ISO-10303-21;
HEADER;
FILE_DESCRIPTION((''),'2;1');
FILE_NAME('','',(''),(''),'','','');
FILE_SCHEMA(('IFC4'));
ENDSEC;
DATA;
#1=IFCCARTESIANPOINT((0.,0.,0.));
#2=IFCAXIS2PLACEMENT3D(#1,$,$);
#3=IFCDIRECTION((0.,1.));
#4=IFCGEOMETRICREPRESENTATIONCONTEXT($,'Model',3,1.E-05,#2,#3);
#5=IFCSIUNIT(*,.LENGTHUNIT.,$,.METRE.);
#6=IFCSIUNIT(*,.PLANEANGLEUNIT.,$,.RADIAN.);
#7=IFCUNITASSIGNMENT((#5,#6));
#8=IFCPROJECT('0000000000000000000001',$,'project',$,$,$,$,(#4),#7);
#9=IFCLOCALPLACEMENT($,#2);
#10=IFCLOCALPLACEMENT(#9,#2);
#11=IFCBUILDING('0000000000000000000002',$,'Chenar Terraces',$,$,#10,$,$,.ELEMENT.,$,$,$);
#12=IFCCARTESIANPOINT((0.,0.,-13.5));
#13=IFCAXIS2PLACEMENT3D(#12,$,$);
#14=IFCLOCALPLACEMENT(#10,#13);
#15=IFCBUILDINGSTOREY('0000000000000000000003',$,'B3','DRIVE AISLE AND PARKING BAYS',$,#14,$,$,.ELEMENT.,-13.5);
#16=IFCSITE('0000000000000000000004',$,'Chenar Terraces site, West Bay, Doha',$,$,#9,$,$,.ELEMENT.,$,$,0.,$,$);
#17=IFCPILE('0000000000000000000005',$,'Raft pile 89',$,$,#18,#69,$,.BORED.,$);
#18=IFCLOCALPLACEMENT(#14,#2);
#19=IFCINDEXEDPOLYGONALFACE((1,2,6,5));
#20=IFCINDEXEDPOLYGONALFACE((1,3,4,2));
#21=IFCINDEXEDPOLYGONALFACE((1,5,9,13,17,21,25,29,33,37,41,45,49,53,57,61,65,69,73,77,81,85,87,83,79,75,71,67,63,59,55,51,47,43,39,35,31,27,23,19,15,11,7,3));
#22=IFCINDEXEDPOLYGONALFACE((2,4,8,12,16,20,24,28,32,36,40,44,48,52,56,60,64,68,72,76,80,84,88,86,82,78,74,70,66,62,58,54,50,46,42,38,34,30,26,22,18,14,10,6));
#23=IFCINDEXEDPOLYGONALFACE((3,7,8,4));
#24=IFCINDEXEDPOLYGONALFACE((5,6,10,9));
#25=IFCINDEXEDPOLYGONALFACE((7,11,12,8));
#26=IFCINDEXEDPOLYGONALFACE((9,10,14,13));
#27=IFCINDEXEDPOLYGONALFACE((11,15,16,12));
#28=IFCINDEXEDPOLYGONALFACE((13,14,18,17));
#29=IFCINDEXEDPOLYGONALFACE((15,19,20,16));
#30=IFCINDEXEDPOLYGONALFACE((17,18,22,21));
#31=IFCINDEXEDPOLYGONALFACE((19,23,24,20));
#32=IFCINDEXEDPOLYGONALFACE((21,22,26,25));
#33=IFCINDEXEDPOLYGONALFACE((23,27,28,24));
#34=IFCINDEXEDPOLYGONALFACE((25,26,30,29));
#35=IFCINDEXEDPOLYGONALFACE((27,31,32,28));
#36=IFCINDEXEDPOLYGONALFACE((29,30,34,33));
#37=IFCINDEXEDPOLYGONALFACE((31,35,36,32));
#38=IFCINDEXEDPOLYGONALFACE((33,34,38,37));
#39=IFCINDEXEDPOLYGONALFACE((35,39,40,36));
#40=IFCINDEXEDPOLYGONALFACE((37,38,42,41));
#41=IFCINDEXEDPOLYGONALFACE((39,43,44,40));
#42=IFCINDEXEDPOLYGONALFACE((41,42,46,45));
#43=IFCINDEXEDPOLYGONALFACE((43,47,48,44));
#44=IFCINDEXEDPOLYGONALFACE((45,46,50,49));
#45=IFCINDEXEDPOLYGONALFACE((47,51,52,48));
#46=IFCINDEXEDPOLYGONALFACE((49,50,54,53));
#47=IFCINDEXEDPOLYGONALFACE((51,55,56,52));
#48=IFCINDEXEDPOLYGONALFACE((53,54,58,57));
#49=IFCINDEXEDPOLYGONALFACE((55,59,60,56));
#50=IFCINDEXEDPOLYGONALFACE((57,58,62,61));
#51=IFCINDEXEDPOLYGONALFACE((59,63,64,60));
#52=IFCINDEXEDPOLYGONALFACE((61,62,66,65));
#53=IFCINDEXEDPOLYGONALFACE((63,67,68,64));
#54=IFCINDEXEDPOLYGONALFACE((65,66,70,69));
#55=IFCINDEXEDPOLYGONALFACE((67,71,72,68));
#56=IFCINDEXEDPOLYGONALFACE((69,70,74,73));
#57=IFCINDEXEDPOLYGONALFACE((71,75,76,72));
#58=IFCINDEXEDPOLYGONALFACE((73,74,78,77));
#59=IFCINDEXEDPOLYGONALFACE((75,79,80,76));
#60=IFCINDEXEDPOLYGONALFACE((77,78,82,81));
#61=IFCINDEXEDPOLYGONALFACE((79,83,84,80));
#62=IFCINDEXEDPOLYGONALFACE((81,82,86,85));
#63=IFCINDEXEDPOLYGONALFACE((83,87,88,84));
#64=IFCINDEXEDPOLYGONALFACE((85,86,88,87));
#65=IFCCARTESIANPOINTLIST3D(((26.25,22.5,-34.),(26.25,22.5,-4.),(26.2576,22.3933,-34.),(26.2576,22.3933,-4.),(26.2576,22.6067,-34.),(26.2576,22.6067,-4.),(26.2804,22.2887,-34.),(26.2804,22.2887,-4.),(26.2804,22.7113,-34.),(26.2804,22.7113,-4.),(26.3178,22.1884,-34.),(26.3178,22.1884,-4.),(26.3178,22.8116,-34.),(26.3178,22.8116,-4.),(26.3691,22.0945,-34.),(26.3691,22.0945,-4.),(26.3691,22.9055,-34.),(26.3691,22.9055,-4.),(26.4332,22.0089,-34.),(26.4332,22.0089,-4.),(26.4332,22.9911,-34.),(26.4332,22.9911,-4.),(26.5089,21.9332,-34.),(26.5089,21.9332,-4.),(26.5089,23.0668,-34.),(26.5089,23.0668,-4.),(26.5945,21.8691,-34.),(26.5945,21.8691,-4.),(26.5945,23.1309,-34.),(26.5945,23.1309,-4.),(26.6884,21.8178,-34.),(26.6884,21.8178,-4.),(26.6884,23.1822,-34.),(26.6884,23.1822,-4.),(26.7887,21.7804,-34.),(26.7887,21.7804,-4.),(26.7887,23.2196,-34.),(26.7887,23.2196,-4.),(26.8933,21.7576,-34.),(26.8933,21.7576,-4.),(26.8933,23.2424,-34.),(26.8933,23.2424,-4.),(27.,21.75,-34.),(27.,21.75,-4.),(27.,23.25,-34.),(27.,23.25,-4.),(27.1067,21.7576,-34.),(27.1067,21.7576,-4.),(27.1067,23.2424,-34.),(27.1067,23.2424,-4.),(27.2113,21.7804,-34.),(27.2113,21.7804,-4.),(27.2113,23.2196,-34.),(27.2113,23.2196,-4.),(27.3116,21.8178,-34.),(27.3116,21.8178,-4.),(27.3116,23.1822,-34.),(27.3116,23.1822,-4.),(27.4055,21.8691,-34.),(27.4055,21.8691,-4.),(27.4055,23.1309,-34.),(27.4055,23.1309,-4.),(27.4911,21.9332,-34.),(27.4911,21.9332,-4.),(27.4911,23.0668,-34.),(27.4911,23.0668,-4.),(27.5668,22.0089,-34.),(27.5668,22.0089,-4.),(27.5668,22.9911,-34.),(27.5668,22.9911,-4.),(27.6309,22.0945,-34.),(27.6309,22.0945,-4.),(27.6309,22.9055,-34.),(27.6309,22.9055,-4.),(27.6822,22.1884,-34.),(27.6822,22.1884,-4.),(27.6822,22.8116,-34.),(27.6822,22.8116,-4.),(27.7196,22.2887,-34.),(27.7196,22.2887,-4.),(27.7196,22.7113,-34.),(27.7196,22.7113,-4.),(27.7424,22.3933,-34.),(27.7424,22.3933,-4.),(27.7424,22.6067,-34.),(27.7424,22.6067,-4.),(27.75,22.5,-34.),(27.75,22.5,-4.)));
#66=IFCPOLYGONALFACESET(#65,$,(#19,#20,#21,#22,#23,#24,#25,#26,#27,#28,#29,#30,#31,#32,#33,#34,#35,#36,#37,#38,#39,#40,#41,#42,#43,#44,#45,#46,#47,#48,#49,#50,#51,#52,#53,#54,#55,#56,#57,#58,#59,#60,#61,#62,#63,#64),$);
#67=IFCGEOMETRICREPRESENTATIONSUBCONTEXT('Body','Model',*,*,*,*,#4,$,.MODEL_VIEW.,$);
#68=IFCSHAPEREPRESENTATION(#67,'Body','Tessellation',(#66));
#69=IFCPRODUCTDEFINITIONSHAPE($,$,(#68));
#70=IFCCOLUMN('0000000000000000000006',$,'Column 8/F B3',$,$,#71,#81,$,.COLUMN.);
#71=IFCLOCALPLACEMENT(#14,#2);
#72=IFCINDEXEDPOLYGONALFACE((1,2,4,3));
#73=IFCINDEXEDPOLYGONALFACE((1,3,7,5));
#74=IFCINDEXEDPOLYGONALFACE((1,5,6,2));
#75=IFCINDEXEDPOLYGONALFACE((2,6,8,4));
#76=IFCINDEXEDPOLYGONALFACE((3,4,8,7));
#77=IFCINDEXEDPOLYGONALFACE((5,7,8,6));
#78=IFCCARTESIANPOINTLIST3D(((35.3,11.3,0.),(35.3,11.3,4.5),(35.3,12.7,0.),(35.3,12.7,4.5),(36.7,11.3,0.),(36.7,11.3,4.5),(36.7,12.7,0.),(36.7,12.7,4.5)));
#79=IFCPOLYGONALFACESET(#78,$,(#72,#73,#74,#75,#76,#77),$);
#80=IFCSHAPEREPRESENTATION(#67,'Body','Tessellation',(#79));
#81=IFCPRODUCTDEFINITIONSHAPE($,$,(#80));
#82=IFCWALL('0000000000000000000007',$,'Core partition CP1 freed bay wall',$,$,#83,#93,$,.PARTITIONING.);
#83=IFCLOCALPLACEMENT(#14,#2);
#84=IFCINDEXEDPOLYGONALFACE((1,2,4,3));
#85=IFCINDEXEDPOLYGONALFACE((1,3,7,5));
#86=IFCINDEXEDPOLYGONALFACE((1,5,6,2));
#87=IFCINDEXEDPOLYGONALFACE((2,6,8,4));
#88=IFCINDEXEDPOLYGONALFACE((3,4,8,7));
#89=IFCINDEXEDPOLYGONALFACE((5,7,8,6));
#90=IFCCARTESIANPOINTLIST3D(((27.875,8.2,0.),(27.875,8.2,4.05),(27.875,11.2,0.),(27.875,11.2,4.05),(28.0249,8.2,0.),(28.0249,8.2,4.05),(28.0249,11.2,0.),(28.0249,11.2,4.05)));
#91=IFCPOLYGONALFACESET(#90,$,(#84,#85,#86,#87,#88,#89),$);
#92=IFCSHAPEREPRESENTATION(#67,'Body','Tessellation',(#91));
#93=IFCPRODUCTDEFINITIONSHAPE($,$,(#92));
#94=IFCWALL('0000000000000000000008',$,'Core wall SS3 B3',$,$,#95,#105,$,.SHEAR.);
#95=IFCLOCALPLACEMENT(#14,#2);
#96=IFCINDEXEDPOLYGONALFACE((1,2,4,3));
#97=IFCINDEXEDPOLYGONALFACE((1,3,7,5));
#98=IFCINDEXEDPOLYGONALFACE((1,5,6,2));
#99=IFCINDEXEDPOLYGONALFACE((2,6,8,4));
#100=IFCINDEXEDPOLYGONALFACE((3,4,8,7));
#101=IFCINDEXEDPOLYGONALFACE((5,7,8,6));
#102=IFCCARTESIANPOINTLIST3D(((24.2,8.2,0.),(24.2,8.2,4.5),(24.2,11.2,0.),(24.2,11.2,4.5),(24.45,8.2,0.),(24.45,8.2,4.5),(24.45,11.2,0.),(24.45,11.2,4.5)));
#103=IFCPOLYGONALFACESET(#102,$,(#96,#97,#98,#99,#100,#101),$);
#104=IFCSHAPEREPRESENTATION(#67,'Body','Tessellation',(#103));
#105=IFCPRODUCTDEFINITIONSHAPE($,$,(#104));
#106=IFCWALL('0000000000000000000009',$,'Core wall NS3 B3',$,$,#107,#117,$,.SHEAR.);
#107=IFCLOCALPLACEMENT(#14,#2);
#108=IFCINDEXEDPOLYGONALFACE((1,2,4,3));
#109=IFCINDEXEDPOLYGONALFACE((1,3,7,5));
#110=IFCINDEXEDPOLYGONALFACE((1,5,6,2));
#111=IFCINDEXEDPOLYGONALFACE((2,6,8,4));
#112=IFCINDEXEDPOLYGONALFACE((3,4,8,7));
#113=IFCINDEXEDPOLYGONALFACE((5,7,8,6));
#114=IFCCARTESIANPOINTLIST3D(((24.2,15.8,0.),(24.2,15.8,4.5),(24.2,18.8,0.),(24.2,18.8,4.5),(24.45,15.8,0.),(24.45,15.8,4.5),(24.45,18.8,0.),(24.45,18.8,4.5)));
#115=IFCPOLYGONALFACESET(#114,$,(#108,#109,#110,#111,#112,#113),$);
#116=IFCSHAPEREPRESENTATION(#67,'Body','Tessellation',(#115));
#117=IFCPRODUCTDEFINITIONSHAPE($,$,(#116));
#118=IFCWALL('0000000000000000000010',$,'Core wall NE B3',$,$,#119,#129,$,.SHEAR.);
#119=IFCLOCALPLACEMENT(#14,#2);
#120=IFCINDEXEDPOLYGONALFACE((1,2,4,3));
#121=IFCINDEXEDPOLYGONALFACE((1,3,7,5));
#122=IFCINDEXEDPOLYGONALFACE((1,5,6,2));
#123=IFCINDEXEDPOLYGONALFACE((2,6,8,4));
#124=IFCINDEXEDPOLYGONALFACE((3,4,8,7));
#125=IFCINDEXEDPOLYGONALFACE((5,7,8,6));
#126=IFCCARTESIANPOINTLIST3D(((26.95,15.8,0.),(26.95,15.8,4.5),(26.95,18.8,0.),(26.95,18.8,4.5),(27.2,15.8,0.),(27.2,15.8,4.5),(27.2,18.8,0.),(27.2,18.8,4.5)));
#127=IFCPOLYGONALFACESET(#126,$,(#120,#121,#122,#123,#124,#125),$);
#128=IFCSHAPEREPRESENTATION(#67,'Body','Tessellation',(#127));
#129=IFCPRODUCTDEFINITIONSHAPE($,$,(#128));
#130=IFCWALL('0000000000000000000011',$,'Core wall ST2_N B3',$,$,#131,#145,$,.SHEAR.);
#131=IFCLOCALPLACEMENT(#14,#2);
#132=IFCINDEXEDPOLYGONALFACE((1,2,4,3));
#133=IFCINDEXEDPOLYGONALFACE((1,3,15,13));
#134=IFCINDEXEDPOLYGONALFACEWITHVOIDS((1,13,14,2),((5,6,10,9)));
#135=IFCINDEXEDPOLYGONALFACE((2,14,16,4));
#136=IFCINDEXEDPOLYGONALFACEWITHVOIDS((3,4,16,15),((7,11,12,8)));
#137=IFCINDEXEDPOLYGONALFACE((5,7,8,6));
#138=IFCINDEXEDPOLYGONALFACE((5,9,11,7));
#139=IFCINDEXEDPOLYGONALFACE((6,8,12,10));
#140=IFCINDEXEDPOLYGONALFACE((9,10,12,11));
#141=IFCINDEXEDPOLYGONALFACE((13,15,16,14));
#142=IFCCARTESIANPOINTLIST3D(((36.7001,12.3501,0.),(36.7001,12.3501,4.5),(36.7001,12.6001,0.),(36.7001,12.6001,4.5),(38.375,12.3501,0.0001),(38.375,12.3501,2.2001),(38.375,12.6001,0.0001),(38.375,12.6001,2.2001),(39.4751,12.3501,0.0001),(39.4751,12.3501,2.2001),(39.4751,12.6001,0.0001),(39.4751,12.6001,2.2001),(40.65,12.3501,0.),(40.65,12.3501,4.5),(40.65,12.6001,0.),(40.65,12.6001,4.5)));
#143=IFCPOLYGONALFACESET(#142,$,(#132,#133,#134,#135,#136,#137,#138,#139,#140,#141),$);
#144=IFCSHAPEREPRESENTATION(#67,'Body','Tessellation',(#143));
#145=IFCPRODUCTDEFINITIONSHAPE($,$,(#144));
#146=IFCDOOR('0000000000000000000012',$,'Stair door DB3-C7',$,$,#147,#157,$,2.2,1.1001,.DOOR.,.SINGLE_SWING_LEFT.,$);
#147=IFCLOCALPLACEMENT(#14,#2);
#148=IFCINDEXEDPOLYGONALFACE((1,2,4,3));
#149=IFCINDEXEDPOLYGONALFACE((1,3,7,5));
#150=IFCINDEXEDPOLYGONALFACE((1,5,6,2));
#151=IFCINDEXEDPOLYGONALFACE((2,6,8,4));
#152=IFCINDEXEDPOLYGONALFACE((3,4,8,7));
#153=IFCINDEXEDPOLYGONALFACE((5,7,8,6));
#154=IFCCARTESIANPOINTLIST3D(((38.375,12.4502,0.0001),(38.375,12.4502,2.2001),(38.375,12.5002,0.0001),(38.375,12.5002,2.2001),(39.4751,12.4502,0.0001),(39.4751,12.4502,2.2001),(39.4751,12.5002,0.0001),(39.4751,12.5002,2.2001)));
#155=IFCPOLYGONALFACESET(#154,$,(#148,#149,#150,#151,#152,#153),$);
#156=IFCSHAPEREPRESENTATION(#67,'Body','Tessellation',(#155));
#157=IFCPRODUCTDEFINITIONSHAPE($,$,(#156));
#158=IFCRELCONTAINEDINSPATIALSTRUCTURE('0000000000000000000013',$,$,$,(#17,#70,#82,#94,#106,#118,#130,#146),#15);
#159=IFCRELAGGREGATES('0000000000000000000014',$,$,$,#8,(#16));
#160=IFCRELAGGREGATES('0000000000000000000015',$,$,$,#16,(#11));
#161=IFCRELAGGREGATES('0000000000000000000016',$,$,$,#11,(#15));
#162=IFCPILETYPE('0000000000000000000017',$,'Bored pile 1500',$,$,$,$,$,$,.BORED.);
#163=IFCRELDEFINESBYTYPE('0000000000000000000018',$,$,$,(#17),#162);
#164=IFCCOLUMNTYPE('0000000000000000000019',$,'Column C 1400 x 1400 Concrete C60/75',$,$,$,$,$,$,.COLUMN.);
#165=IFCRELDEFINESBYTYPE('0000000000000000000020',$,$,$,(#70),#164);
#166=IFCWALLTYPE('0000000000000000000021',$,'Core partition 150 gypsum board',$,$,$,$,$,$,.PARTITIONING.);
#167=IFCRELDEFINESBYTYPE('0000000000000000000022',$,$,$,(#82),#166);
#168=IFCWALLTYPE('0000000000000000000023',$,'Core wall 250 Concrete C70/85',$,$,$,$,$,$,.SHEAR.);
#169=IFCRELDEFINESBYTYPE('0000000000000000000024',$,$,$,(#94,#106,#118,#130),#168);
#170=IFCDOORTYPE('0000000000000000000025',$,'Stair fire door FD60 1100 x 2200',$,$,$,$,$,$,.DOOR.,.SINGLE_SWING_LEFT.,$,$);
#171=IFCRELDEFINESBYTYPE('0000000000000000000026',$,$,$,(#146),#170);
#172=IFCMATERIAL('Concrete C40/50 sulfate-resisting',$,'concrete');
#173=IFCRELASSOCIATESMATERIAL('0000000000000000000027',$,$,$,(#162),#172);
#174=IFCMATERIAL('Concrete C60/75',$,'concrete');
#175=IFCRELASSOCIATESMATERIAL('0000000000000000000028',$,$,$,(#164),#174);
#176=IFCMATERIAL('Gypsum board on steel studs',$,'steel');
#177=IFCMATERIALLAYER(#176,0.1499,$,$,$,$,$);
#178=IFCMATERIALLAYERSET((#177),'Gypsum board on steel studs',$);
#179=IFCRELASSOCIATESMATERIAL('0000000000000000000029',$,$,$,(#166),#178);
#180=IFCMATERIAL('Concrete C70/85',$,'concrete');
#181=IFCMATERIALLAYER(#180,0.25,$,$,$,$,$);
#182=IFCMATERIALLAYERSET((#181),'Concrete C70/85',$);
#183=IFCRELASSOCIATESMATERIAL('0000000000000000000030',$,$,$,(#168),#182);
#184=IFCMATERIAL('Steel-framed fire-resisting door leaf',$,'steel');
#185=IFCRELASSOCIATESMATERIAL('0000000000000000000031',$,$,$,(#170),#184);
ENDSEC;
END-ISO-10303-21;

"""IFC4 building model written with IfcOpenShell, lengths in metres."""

from ifc_helpers import new_model, si_unit, direction, frame, frame_2d, origin, origin_2d, place, context, subcontext, project, spatial, rectangle, circle, extrude, material, layer, layer_set, material_profile, profile_set, type_object, element, fill, save


model = new_model("IFC4")

# Units and contexts
model_context = context("Model", 3, precision=1e-05, world=origin(), true_north=direction((0.0, 1.0)))
body_context = subcontext(model_context, "Body", "Model", "MODEL_VIEW")
ifc_project = project(units=[si_unit("LENGTHUNIT", "METRE"), si_unit("PLANEANGLEUNIT", "RADIAN")], contexts=[model_context])

# Site, building, storey
site_placement = place(None, origin())
site = spatial("IfcSite", under=ifc_project, at=site_placement, Name="Chenar Terraces site, West Bay, Doha", CompositionType="ELEMENT", RefElevation=0.0)
building_placement = place(site_placement, origin())
building = spatial("IfcBuilding", under=site, at=building_placement, Name="Chenar Terraces", CompositionType="ELEMENT")
storey_placement = place(building_placement, frame((0.0, 0.0, -13.5)))
storey = spatial("IfcBuildingStorey", under=building, at=storey_placement, Name="B3", Description="DRIVE AISLE AND PARKING BAYS", CompositionType="ELEMENT", Elevation=-13.5)

# Pile
ifc_material_1 = material(Name="Concrete C40/50 sulfate-resisting", Category="concrete")
ifc_material_profile_1 = material_profile(ifc_material_1, circle(Radius=0.75, at=origin_2d()), Name="BP 1500")
ifc_profile_set_1 = profile_set([ifc_material_profile_1], Name="Concrete C40/50 sulfate-resisting")
pile_type = type_object("IfcPileType", Name="Bored pile 1500", PredefinedType="BORED", material=ifc_profile_set_1)
for number, where, z_axis, x_axis, name in (
    (1, (27.0, 22.5, -4.0), (0.0, 0.0, -1.0), (1.0, 0.0, 0.0), "Raft pile 89"),
):
    element("IfcPile", number, at=place(storey_placement, frame(where, z_axis=z_axis, x_axis=x_axis)), inside=storey, type_object=pile_type, Name=name, PredefinedType="BORED", context=body_context, shape_type="SweptSolid", body=[
        extrude(circle(Radius=0.75, at=origin_2d()), origin(), (0.0, 0.0, 1.0), 30.0),
    ])

# Column
ifc_material_2 = material(Name="Concrete C60/75", Category="concrete")
ifc_material_profile_2 = material_profile(ifc_material_2, rectangle(XDim=1.3999, YDim=1.3999, at=origin_2d()), Name="C 1400 x 1400")
ifc_profile_set_2 = profile_set([ifc_material_profile_2], Name="Concrete C60/75")
column_type = type_object("IfcColumnType", Name="Column C 1400 x 1400 Concrete C60/75", PredefinedType="COLUMN", material=ifc_profile_set_2)
column_placement = place(storey_placement, frame((36.0, 12.0, 0.0), z_axis=(0.0, 0.0, 1.0), x_axis=(1.0, 0.0, 0.0)))
element("IfcColumn", 2, at=column_placement, inside=storey, type_object=column_type, Name="Column 8/F B3", PredefinedType="COLUMN", context=body_context, shape_type="SweptSolid", body=[
    extrude(rectangle(XDim=1.3999, YDim=1.3999, at=origin_2d()), origin(), (0.0, 0.0, 1.0), 4.5),
])

# Wall
ifc_material_3 = material(Name="Gypsum board on steel studs", Category="steel")
ifc_layer_1 = layer(ifc_material_3, 0.1499)
ifc_layer_set_1 = layer_set([ifc_layer_1], Name="Gypsum board on steel studs")
wall_type_1 = type_object("IfcWallType", Name="Core partition 150 gypsum board", PredefinedType="PARTITIONING", material=ifc_layer_set_1)
wall_1_placement = place(storey_placement, frame((27.95, 8.2, 0.0), z_axis=(0.0, 0.0, 1.0), x_axis=(0.0, 1.0, 0.0)))
element("IfcWall", 3, at=wall_1_placement, inside=storey, type_object=wall_type_1, Name="Core partition CP1 freed bay wall", PredefinedType="PARTITIONING", context=body_context, shape_type="SweptSolid", body=[
    extrude(rectangle(XDim=3.0, YDim=0.1499, at=frame_2d((1.5, 0.0))), origin(), (0.0, 0.0, 1.0), 4.05),
])

# Walls
ifc_material_4 = material(Name="Concrete C70/85", Category="concrete")
ifc_layer_2 = layer(ifc_material_4, 0.25)
ifc_layer_set_2 = layer_set([ifc_layer_2], Name="Concrete C70/85")
wall_type_2 = type_object("IfcWallType", Name="Core wall 250 Concrete C70/85", PredefinedType="SHEAR", material=ifc_layer_set_2)
for number, where, z_axis, x_axis, name in (
    (4, (24.325, 8.2, 0.0), (0.0, 0.0, 1.0), (0.0, 1.0, 0.0), "Core wall SS3 B3"),
    (5, (24.325, 15.8, 0.0), (0.0, 0.0, 1.0), (0.0, 1.0, 0.0), "Core wall NS3 B3"),
    (6, (27.075, 15.8, 0.0), (0.0, 0.0, 1.0), (0.0, 1.0, 0.0), "Core wall NE B3"),
):
    element("IfcWall", number, at=place(storey_placement, frame(where, z_axis=z_axis, x_axis=x_axis)), inside=storey, type_object=wall_type_2, Name=name, PredefinedType="SHEAR", context=body_context, shape_type="SweptSolid", body=[
        extrude(rectangle(XDim=3.0, YDim=0.25, at=frame_2d((1.5, 0.0))), origin(), (0.0, 0.0, 1.0), 4.5),
    ])

# Wall, opening, door
wall_2_placement = place(storey_placement, frame((36.7, 12.4751, 0.0), z_axis=(0.0, 0.0, 1.0), x_axis=(1.0, 0.0, 0.0)))
wall_2 = element("IfcWall", 7, at=wall_2_placement, inside=storey, type_object=wall_type_2, Name="Core wall ST2_N B3", PredefinedType="SHEAR", context=body_context, shape_type="SweptSolid", body=[
    extrude(rectangle(XDim=3.95, YDim=0.25, at=frame_2d((1.9751, 0.0))), origin(), (0.0, 0.0, 1.0), 4.5),
])
opening_1_placement = place(wall_2_placement, frame((1.675, 0.0, 0.0)))
opening_1 = element("IfcOpeningElement", 8, at=opening_1_placement, cuts=wall_2, PredefinedType="OPENING", context=body_context, shape_type="SweptSolid", body=[
    extrude(rectangle(XDim=1.1001, YDim=2.2, at=frame_2d((0.55, 1.1001))), frame((0.0, 0.135, 0.0), z_axis=(0.0, -1.0, 0.0), x_axis=(1.0, 0.0, 0.0)), (0.0, 0.0, 1.0), 0.27),
])
ifc_material_5 = material(Name="Steel-framed fire-resisting door leaf", Category="steel")
door_type_1 = type_object("IfcDoorType", Name="Stair fire door FD60 1100 x 2200", OperationType="SINGLE_SWING_LEFT", PredefinedType="DOOR", material=ifc_material_5)
door_1_placement = place(opening_1_placement, frame((1.1001, 0.0, 0.0), z_axis=(0.0, 0.0, 1.0), x_axis=(-1.0, 0.0, 0.0)))
door_1 = element("IfcDoor", 9, at=door_1_placement, inside=storey, type_object=door_type_1, Name="Stair door DB3-C7", OperationType="SINGLE_SWING_LEFT", OverallHeight=2.2, OverallWidth=1.1001, PredefinedType="DOOR", context=body_context, shape_type="SweptSolid", body=[
    extrude(rectangle(XDim=1.1001, YDim=2.2, at=frame_2d((0.55, 1.1001))), frame((0.0, 0.0249, 0.0), z_axis=(0.0, -1.0, 0.0), x_axis=(1.0, 0.0, 0.0)), (0.0, 0.0, 1.0), 0.05),
])
fill(opening_1, door_1)

save(model, "model.ifc")
